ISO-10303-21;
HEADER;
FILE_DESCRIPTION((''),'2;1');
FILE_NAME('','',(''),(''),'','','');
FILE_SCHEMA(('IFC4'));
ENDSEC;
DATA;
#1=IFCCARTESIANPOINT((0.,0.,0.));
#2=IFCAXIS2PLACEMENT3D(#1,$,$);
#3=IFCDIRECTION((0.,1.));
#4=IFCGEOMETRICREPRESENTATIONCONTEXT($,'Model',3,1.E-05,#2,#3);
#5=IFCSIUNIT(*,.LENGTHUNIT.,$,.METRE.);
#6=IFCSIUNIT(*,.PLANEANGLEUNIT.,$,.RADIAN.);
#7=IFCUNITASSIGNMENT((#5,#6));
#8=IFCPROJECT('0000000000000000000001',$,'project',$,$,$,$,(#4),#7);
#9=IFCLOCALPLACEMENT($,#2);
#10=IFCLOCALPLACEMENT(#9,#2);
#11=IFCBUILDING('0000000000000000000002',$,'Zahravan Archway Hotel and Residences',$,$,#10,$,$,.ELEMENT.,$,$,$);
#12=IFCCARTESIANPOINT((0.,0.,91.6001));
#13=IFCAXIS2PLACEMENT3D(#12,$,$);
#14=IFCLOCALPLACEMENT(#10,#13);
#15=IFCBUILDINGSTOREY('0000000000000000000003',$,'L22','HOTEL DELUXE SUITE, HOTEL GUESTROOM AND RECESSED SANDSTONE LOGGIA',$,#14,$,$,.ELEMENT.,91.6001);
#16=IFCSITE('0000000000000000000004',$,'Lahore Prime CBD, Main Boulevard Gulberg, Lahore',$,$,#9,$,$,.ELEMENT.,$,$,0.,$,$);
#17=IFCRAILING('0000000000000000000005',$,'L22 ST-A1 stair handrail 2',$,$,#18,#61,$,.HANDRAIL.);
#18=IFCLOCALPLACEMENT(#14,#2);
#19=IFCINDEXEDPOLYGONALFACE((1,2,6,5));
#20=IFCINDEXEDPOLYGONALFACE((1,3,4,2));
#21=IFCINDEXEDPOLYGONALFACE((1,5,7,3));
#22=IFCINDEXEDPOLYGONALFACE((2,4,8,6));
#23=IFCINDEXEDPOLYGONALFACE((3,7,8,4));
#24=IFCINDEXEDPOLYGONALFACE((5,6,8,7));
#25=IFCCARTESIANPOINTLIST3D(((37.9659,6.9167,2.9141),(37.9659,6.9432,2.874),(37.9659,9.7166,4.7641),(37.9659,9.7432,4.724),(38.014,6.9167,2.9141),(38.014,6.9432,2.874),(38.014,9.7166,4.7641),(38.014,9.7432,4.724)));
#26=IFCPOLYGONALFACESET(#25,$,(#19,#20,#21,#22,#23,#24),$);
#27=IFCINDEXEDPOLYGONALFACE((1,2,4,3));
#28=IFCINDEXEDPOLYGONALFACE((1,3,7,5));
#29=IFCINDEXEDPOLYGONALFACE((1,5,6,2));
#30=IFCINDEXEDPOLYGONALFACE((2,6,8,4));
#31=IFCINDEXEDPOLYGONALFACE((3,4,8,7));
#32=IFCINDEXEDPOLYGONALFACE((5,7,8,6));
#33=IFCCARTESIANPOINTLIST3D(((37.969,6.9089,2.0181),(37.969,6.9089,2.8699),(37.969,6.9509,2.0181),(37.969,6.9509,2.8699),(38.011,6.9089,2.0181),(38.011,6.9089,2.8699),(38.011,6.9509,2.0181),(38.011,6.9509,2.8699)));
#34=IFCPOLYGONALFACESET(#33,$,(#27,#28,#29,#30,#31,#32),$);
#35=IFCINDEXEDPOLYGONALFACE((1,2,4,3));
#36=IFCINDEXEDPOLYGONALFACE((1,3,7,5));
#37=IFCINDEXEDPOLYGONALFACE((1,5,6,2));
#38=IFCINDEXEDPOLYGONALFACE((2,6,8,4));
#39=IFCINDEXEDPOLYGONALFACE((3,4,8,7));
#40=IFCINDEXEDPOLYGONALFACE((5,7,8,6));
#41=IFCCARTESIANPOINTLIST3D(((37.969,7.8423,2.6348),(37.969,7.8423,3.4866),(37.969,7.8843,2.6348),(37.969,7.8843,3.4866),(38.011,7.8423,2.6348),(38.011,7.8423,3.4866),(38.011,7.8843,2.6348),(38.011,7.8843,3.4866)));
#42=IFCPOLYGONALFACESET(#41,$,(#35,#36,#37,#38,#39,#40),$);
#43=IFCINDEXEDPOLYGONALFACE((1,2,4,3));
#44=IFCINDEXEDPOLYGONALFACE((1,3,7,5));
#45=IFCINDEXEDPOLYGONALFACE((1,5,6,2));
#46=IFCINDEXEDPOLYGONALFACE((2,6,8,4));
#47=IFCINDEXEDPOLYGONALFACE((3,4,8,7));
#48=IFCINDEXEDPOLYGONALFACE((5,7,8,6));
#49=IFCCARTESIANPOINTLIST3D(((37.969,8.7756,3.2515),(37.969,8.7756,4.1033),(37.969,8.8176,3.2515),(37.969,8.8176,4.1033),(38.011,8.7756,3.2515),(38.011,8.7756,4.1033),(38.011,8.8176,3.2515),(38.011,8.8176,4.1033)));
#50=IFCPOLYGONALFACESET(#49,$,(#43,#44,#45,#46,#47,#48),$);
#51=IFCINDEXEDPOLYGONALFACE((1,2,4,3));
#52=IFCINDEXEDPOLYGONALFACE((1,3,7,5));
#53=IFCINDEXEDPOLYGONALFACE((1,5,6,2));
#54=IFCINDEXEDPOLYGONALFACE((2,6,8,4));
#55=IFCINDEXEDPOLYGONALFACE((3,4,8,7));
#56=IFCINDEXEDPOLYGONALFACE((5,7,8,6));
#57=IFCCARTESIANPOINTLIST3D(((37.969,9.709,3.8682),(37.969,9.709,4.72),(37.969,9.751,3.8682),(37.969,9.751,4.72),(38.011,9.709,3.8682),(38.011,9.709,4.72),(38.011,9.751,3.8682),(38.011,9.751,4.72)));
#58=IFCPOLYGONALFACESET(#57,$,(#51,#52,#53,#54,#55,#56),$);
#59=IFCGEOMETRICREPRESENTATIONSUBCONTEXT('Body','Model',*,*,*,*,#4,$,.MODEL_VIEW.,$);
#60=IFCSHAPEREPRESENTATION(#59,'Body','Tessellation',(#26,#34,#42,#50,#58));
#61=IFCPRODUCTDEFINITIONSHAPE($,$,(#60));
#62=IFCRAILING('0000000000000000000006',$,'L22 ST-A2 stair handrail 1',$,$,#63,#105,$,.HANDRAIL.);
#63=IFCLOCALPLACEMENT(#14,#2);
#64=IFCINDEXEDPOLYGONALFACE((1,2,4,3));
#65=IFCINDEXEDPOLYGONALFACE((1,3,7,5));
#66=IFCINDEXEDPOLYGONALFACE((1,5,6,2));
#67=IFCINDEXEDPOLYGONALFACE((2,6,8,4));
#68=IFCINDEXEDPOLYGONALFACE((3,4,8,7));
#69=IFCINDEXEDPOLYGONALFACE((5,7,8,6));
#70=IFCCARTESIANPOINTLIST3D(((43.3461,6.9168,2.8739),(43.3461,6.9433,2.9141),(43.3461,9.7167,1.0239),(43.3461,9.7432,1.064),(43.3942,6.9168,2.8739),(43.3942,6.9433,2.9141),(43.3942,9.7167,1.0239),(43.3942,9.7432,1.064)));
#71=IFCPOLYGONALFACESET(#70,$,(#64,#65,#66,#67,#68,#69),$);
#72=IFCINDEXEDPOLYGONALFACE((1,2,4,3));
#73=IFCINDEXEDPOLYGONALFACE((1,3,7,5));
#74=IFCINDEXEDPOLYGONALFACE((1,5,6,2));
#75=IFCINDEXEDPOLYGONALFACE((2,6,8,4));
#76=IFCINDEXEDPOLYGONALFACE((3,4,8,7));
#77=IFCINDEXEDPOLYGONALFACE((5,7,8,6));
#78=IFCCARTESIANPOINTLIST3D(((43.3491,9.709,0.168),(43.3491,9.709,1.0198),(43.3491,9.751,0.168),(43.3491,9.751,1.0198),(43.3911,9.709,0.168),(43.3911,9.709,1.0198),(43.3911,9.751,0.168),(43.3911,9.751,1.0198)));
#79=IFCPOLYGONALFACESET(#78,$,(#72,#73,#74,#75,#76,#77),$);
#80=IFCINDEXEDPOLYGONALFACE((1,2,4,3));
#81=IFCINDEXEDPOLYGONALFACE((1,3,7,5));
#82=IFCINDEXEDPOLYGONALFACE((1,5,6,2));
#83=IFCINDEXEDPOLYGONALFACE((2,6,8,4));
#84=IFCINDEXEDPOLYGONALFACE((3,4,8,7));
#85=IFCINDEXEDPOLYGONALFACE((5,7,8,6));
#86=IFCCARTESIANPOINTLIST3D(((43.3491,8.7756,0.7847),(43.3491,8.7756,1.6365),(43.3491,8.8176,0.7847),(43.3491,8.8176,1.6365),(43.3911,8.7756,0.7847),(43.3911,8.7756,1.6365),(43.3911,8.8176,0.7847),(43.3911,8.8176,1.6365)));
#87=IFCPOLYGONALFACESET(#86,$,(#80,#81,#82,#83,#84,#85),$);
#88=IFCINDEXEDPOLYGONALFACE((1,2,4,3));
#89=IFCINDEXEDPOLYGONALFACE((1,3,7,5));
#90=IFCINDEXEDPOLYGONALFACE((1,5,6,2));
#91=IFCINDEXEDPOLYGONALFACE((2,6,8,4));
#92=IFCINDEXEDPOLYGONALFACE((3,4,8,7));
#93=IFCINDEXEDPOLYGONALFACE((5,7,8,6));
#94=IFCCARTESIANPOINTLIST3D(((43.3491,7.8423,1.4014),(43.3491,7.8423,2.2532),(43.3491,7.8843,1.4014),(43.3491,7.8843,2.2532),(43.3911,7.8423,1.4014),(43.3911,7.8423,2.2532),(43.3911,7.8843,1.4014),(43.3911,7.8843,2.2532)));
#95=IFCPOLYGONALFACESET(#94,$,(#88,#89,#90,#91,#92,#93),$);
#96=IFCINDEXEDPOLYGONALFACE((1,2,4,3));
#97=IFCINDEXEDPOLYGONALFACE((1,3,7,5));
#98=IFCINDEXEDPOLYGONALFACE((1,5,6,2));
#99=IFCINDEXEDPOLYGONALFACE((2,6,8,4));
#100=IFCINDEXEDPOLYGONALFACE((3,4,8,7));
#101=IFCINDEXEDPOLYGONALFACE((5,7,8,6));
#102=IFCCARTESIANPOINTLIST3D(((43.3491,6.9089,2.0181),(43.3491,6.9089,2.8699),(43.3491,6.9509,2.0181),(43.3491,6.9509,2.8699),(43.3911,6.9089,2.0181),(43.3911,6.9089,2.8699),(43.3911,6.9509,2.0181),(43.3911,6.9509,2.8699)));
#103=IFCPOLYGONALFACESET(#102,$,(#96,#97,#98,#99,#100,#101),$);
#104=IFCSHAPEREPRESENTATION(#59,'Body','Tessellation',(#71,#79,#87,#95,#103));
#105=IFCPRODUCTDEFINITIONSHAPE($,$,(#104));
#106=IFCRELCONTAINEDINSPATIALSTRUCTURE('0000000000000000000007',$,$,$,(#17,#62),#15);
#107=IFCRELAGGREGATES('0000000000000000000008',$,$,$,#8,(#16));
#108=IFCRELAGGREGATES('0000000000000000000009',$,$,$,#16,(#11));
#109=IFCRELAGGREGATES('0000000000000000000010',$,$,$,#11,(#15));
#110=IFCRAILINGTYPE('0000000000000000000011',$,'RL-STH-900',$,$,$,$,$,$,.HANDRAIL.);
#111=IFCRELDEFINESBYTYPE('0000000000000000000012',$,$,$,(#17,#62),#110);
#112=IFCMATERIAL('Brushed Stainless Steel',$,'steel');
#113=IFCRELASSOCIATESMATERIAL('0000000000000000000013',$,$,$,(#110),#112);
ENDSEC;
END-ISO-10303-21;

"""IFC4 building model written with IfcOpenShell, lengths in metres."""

from ifc_helpers import new_model, si_unit, direction, frame, origin, origin_2d, place, context, subcontext, project, spatial, rectangle, extrude, material, type_object, element, save


model = new_model("IFC4")

# Units and contexts
model_context = context("Model", 3, precision=1e-05, world=origin(), true_north=direction((0.0, 1.0)))
body_context = subcontext(model_context, "Body", "Model", "MODEL_VIEW")
ifc_project = project(units=[si_unit("LENGTHUNIT", "METRE"), si_unit("PLANEANGLEUNIT", "RADIAN")], contexts=[model_context])

# Site, building, storey
site_placement = place(None, origin())
site = spatial("IfcSite", under=ifc_project, at=site_placement, Name="Lahore Prime CBD, Main Boulevard Gulberg, Lahore", CompositionType="ELEMENT", RefElevation=0.0)
building_placement = place(site_placement, origin())
building = spatial("IfcBuilding", under=site, at=building_placement, Name="Zahravan Archway Hotel and Residences", CompositionType="ELEMENT")
storey_placement = place(building_placement, frame((0.0, 0.0, 91.6001)))
storey = spatial("IfcBuildingStorey", under=building, at=storey_placement, Name="L22", Description="HOTEL DELUXE SUITE, HOTEL GUESTROOM AND RECESSED SANDSTONE LOGGIA", CompositionType="ELEMENT", Elevation=91.6001)

# Shared definitions
ifc_material_1 = material(Name="Brushed Stainless Steel", Category="steel")

# Railings
railing_type_1 = type_object("IfcRailingType", Name="RL-STH-900", PredefinedType="HANDRAIL", material=ifc_material_1)
railing_1_placement = place(storey_placement, frame((37.99, 6.9299, 2.0181)))
element("IfcRailing", 1, at=railing_1_placement, inside=storey, type_object=railing_type_1, Name="L22 ST-A1 stair handrail 2", PredefinedType="HANDRAIL", context=body_context, shape_type="SweptSolid", body=[
    extrude(rectangle(XDim=0.0481, YDim=0.0481, at=origin_2d()), frame((0.0, 0.0, 0.876), z_axis=(0.0, 0.834326, 0.551271), x_axis=(-1.0, 0.0, 0.0)), (0.0, 0.0, 1.0), 3.356),
    extrude(rectangle(XDim=0.042, YDim=0.042, at=origin_2d()), origin(), (0.0, 0.0, 1.0), 0.8518),
    extrude(rectangle(XDim=0.042, YDim=0.042, at=origin_2d()), frame((0.0, 0.9333, 0.6167)), (0.0, 0.0, 1.0), 0.8518),
    extrude(rectangle(XDim=0.042, YDim=0.042, at=origin_2d()), frame((0.0, 1.8667, 1.2334)), (0.0, 0.0, 1.0), 0.8518),
    extrude(rectangle(XDim=0.042, YDim=0.042, at=origin_2d()), frame((0.0, 2.8, 1.8501)), (0.0, 0.0, 1.0), 0.8518),
])
railing_2_placement = place(storey_placement, frame((43.3701, 9.73, 0.168)))
element("IfcRailing", 2, at=railing_2_placement, inside=storey, type_object=railing_type_1, Name="L22 ST-A2 stair handrail 1", PredefinedType="HANDRAIL", context=body_context, shape_type="SweptSolid", body=[
    extrude(rectangle(XDim=0.0481, YDim=0.0481, at=origin_2d()), frame((0.0, 0.0, 0.876), z_axis=(0.0, -0.834326, 0.551271), x_axis=(1.0, 0.0, 0.0)), (0.0, 0.0, 1.0), 3.356),
    extrude(rectangle(XDim=0.042, YDim=0.042, at=origin_2d()), origin(), (0.0, 0.0, 1.0), 0.8518),
    extrude(rectangle(XDim=0.042, YDim=0.042, at=origin_2d()), frame((0.0, -0.9333, 0.6167)), (0.0, 0.0, 1.0), 0.8518),
    extrude(rectangle(XDim=0.042, YDim=0.042, at=origin_2d()), frame((0.0, -1.8667, 1.2334)), (0.0, 0.0, 1.0), 0.8518),
    extrude(rectangle(XDim=0.042, YDim=0.042, at=origin_2d()), frame((0.0, -2.8, 1.8501)), (0.0, 0.0, 1.0), 0.8518),
])

save(model, "model.ifc")
